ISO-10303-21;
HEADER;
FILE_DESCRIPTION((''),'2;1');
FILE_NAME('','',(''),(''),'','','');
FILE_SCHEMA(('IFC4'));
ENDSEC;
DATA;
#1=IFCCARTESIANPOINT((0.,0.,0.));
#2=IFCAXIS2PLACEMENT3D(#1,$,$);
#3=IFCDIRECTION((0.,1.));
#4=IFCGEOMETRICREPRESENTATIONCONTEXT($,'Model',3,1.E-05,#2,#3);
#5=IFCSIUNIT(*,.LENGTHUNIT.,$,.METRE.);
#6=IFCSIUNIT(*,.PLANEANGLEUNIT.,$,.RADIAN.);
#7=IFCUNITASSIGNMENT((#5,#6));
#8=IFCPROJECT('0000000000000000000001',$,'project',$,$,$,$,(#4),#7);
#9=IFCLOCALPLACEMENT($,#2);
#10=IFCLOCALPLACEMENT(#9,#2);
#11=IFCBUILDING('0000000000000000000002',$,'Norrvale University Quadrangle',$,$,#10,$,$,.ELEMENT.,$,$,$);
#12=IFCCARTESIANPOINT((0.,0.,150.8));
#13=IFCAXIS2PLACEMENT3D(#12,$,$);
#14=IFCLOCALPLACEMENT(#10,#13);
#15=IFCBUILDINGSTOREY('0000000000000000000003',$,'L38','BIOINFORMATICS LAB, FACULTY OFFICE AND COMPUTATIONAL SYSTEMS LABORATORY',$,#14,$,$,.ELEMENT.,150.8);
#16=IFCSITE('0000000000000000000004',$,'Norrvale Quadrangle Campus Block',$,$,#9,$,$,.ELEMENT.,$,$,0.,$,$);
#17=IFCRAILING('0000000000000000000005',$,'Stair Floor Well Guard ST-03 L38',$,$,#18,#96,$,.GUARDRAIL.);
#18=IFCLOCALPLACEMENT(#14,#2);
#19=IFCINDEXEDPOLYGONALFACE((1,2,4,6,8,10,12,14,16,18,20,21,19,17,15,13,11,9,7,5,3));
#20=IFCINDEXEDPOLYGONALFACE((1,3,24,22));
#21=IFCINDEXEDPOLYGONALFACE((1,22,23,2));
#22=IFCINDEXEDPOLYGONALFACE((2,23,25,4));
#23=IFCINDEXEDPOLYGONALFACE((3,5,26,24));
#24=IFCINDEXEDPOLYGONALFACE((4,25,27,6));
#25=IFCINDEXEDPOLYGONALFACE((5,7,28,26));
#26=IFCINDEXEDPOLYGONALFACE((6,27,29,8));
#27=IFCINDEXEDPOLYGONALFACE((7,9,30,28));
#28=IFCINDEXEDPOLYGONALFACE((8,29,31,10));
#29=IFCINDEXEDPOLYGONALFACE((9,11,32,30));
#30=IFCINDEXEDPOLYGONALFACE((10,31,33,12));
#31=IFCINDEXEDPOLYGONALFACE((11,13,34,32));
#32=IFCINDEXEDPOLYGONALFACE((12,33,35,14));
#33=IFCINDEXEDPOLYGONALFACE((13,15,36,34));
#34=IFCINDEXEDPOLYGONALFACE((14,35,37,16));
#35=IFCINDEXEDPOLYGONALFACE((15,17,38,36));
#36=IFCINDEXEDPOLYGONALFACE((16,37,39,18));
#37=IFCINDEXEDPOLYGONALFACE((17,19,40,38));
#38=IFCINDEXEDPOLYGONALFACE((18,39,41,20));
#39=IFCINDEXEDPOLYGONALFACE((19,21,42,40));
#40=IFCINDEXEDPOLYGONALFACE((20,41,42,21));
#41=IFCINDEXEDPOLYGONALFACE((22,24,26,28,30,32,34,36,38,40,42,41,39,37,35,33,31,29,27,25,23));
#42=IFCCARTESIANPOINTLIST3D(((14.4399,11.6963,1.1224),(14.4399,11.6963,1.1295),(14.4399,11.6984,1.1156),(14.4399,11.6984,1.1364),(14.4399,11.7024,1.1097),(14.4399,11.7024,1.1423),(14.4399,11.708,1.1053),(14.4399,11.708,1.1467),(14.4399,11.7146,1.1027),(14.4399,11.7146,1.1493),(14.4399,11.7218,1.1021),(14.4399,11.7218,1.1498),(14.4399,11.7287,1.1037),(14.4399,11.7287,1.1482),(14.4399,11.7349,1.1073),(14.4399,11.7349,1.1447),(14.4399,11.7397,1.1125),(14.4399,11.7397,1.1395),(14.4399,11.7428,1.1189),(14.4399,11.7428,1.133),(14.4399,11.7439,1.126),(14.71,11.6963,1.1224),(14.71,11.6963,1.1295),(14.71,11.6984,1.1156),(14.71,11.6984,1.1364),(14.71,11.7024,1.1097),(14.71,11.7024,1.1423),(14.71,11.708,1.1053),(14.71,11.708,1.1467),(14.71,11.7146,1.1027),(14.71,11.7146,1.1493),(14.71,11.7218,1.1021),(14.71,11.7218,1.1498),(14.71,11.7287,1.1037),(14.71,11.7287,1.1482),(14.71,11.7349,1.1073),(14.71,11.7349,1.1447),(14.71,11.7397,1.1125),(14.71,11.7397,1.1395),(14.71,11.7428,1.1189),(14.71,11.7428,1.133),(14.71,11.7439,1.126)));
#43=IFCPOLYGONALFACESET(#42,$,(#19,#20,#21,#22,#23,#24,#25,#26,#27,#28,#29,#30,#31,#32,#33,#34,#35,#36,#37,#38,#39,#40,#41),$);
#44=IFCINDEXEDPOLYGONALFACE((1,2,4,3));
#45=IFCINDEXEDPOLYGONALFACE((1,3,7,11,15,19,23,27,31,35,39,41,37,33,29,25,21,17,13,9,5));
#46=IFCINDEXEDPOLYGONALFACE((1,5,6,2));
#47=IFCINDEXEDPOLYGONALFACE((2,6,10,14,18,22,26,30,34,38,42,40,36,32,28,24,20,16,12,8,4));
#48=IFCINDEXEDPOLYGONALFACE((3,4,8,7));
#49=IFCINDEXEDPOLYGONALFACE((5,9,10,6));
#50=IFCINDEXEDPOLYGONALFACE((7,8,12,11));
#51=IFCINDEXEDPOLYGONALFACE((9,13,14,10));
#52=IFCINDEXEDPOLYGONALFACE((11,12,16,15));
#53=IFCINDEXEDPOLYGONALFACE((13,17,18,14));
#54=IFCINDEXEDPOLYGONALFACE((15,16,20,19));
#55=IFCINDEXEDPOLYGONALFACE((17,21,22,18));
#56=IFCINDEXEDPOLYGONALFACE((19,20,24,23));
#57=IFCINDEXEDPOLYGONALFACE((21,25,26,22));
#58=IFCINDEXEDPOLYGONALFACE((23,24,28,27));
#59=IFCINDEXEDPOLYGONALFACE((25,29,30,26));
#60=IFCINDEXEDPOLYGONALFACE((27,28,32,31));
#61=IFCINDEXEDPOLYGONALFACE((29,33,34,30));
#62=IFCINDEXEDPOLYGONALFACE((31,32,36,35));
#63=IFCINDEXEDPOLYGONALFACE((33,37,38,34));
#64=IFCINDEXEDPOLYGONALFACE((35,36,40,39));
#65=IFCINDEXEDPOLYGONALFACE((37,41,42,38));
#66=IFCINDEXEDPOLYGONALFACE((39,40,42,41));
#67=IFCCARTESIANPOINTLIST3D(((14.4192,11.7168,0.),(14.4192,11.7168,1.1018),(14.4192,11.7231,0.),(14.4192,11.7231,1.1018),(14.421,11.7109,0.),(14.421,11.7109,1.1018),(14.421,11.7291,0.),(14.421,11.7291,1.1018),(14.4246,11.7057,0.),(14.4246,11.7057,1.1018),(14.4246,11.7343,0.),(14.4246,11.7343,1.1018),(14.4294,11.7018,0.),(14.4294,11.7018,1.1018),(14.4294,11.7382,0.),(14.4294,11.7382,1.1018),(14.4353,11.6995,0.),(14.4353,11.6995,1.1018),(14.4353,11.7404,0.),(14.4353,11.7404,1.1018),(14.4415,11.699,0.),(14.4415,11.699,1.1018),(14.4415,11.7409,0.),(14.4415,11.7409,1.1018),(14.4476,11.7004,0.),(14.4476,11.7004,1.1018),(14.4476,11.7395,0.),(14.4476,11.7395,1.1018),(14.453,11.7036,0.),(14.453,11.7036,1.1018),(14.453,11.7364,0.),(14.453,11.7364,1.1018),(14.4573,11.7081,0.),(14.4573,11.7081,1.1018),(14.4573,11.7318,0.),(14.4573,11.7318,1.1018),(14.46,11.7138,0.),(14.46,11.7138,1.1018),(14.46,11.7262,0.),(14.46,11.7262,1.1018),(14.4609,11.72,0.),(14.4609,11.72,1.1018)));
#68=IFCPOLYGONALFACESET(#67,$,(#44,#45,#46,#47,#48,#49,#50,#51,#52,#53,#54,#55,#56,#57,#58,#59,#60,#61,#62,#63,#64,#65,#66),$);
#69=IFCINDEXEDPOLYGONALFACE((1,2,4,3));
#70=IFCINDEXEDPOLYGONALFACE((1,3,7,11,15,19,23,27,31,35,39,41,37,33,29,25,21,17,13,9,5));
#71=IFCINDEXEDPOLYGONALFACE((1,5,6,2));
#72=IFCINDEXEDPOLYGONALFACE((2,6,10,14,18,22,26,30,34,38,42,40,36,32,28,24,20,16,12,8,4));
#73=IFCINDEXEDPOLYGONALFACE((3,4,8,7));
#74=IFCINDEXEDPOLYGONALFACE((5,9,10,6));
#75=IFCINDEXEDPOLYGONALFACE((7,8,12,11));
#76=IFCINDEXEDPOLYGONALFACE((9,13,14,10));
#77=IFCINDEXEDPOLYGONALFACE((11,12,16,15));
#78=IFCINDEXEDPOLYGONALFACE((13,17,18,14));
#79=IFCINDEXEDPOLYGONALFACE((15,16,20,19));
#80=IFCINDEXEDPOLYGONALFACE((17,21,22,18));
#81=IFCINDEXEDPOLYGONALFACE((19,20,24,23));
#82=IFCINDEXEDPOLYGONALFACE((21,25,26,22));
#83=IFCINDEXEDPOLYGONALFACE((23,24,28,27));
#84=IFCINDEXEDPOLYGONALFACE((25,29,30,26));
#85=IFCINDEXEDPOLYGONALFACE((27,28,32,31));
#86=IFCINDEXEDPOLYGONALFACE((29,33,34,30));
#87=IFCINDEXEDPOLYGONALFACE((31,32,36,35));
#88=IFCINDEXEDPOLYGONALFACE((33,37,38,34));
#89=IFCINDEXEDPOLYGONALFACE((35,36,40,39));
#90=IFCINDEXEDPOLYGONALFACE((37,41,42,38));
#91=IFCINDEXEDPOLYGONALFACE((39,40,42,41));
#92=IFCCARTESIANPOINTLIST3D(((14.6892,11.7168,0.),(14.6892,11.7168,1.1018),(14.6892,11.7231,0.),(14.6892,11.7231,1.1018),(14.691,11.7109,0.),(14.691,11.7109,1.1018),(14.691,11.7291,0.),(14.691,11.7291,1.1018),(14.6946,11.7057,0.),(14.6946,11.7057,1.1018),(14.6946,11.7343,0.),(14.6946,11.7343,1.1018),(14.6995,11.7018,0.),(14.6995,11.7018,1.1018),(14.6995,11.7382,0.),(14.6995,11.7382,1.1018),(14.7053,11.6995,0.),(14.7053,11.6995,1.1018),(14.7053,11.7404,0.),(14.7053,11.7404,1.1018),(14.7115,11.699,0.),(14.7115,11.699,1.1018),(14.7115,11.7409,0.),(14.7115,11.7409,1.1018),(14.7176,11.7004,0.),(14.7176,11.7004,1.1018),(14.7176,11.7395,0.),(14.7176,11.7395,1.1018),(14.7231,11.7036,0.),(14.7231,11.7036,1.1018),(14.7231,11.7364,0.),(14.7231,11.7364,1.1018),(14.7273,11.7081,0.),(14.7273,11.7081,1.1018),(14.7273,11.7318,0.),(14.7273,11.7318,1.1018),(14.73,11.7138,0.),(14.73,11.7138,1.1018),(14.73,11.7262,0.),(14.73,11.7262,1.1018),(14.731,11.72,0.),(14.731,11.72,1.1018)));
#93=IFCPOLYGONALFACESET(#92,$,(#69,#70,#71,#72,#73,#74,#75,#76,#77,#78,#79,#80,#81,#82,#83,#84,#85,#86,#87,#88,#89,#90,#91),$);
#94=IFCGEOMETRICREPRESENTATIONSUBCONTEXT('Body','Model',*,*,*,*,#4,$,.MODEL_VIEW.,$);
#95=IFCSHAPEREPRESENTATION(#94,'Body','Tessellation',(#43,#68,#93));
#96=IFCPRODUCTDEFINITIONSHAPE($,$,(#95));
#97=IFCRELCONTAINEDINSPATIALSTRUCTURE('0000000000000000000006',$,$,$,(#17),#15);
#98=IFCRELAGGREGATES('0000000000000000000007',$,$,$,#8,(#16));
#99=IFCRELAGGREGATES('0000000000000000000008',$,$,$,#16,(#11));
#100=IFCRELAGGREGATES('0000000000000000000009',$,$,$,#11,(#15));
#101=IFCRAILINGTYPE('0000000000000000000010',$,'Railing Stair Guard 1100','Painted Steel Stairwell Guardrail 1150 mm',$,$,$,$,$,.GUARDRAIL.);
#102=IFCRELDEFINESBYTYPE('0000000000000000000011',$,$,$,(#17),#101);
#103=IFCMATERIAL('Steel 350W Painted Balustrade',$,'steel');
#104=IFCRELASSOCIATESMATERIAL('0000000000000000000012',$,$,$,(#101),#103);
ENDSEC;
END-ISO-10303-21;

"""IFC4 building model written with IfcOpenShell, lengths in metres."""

from ifc_helpers import new_model, si_unit, direction, frame, origin, origin_2d, place, context, subcontext, project, spatial, circle, extrude, material, type_object, element, save


model = new_model("IFC4")

# Units and contexts
model_context = context("Model", 3, precision=1e-05, world=origin(), true_north=direction((0.0, 1.0)))
body_context = subcontext(model_context, "Body", "Model", "MODEL_VIEW")
ifc_project = project(units=[si_unit("LENGTHUNIT", "METRE"), si_unit("PLANEANGLEUNIT", "RADIAN")], contexts=[model_context])

# Site, building, storey
site_placement = place(None, origin())
site = spatial("IfcSite", under=ifc_project, at=site_placement, Name="Norrvale Quadrangle Campus Block", CompositionType="ELEMENT", RefElevation=0.0)
building_placement = place(site_placement, origin())
building = spatial("IfcBuilding", under=site, at=building_placement, Name="Norrvale University Quadrangle", CompositionType="ELEMENT")
storey_placement = place(building_placement, frame((0.0, 0.0, 150.8)))
storey = spatial("IfcBuildingStorey", under=building, at=storey_placement, Name="L38", Description="BIOINFORMATICS LAB, FACULTY OFFICE AND COMPUTATIONAL SYSTEMS LABORATORY", CompositionType="ELEMENT", Elevation=150.8)

# Railing
ifc_material_1 = material(Name="Steel 350W Painted Balustrade", Category="steel")
railing_type_1 = type_object("IfcRailingType", Name="Railing Stair Guard 1100", Description="Painted Steel Stairwell Guardrail 1150 mm", PredefinedType="GUARDRAIL", material=ifc_material_1)
railing_1_placement = place(storey_placement, frame((14.4399, 11.72, 0.0)))
element("IfcRailing", 1, at=railing_1_placement, inside=storey, type_object=railing_type_1, Name="Stair Floor Well Guard ST-03 L38", PredefinedType="GUARDRAIL", context=body_context, shape_type="SweptSolid", body=[
    extrude(circle(Radius=0.0239, at=origin_2d()), frame((0.0, 0.0, 1.126), z_axis=(1.0, 0.0, 0.0), x_axis=(0.0, 1.0, 0.0)), (0.0, 0.0, 1.0), 0.27),
    extrude(circle(Radius=0.021, at=origin_2d()), origin(), (0.0, 0.0, 1.0), 1.1018),
    extrude(circle(Radius=0.021, at=origin_2d()), frame((0.27, 0.0, 0.0)), (0.0, 0.0, 1.0), 1.1018),
])

save(model, "model.ifc")
